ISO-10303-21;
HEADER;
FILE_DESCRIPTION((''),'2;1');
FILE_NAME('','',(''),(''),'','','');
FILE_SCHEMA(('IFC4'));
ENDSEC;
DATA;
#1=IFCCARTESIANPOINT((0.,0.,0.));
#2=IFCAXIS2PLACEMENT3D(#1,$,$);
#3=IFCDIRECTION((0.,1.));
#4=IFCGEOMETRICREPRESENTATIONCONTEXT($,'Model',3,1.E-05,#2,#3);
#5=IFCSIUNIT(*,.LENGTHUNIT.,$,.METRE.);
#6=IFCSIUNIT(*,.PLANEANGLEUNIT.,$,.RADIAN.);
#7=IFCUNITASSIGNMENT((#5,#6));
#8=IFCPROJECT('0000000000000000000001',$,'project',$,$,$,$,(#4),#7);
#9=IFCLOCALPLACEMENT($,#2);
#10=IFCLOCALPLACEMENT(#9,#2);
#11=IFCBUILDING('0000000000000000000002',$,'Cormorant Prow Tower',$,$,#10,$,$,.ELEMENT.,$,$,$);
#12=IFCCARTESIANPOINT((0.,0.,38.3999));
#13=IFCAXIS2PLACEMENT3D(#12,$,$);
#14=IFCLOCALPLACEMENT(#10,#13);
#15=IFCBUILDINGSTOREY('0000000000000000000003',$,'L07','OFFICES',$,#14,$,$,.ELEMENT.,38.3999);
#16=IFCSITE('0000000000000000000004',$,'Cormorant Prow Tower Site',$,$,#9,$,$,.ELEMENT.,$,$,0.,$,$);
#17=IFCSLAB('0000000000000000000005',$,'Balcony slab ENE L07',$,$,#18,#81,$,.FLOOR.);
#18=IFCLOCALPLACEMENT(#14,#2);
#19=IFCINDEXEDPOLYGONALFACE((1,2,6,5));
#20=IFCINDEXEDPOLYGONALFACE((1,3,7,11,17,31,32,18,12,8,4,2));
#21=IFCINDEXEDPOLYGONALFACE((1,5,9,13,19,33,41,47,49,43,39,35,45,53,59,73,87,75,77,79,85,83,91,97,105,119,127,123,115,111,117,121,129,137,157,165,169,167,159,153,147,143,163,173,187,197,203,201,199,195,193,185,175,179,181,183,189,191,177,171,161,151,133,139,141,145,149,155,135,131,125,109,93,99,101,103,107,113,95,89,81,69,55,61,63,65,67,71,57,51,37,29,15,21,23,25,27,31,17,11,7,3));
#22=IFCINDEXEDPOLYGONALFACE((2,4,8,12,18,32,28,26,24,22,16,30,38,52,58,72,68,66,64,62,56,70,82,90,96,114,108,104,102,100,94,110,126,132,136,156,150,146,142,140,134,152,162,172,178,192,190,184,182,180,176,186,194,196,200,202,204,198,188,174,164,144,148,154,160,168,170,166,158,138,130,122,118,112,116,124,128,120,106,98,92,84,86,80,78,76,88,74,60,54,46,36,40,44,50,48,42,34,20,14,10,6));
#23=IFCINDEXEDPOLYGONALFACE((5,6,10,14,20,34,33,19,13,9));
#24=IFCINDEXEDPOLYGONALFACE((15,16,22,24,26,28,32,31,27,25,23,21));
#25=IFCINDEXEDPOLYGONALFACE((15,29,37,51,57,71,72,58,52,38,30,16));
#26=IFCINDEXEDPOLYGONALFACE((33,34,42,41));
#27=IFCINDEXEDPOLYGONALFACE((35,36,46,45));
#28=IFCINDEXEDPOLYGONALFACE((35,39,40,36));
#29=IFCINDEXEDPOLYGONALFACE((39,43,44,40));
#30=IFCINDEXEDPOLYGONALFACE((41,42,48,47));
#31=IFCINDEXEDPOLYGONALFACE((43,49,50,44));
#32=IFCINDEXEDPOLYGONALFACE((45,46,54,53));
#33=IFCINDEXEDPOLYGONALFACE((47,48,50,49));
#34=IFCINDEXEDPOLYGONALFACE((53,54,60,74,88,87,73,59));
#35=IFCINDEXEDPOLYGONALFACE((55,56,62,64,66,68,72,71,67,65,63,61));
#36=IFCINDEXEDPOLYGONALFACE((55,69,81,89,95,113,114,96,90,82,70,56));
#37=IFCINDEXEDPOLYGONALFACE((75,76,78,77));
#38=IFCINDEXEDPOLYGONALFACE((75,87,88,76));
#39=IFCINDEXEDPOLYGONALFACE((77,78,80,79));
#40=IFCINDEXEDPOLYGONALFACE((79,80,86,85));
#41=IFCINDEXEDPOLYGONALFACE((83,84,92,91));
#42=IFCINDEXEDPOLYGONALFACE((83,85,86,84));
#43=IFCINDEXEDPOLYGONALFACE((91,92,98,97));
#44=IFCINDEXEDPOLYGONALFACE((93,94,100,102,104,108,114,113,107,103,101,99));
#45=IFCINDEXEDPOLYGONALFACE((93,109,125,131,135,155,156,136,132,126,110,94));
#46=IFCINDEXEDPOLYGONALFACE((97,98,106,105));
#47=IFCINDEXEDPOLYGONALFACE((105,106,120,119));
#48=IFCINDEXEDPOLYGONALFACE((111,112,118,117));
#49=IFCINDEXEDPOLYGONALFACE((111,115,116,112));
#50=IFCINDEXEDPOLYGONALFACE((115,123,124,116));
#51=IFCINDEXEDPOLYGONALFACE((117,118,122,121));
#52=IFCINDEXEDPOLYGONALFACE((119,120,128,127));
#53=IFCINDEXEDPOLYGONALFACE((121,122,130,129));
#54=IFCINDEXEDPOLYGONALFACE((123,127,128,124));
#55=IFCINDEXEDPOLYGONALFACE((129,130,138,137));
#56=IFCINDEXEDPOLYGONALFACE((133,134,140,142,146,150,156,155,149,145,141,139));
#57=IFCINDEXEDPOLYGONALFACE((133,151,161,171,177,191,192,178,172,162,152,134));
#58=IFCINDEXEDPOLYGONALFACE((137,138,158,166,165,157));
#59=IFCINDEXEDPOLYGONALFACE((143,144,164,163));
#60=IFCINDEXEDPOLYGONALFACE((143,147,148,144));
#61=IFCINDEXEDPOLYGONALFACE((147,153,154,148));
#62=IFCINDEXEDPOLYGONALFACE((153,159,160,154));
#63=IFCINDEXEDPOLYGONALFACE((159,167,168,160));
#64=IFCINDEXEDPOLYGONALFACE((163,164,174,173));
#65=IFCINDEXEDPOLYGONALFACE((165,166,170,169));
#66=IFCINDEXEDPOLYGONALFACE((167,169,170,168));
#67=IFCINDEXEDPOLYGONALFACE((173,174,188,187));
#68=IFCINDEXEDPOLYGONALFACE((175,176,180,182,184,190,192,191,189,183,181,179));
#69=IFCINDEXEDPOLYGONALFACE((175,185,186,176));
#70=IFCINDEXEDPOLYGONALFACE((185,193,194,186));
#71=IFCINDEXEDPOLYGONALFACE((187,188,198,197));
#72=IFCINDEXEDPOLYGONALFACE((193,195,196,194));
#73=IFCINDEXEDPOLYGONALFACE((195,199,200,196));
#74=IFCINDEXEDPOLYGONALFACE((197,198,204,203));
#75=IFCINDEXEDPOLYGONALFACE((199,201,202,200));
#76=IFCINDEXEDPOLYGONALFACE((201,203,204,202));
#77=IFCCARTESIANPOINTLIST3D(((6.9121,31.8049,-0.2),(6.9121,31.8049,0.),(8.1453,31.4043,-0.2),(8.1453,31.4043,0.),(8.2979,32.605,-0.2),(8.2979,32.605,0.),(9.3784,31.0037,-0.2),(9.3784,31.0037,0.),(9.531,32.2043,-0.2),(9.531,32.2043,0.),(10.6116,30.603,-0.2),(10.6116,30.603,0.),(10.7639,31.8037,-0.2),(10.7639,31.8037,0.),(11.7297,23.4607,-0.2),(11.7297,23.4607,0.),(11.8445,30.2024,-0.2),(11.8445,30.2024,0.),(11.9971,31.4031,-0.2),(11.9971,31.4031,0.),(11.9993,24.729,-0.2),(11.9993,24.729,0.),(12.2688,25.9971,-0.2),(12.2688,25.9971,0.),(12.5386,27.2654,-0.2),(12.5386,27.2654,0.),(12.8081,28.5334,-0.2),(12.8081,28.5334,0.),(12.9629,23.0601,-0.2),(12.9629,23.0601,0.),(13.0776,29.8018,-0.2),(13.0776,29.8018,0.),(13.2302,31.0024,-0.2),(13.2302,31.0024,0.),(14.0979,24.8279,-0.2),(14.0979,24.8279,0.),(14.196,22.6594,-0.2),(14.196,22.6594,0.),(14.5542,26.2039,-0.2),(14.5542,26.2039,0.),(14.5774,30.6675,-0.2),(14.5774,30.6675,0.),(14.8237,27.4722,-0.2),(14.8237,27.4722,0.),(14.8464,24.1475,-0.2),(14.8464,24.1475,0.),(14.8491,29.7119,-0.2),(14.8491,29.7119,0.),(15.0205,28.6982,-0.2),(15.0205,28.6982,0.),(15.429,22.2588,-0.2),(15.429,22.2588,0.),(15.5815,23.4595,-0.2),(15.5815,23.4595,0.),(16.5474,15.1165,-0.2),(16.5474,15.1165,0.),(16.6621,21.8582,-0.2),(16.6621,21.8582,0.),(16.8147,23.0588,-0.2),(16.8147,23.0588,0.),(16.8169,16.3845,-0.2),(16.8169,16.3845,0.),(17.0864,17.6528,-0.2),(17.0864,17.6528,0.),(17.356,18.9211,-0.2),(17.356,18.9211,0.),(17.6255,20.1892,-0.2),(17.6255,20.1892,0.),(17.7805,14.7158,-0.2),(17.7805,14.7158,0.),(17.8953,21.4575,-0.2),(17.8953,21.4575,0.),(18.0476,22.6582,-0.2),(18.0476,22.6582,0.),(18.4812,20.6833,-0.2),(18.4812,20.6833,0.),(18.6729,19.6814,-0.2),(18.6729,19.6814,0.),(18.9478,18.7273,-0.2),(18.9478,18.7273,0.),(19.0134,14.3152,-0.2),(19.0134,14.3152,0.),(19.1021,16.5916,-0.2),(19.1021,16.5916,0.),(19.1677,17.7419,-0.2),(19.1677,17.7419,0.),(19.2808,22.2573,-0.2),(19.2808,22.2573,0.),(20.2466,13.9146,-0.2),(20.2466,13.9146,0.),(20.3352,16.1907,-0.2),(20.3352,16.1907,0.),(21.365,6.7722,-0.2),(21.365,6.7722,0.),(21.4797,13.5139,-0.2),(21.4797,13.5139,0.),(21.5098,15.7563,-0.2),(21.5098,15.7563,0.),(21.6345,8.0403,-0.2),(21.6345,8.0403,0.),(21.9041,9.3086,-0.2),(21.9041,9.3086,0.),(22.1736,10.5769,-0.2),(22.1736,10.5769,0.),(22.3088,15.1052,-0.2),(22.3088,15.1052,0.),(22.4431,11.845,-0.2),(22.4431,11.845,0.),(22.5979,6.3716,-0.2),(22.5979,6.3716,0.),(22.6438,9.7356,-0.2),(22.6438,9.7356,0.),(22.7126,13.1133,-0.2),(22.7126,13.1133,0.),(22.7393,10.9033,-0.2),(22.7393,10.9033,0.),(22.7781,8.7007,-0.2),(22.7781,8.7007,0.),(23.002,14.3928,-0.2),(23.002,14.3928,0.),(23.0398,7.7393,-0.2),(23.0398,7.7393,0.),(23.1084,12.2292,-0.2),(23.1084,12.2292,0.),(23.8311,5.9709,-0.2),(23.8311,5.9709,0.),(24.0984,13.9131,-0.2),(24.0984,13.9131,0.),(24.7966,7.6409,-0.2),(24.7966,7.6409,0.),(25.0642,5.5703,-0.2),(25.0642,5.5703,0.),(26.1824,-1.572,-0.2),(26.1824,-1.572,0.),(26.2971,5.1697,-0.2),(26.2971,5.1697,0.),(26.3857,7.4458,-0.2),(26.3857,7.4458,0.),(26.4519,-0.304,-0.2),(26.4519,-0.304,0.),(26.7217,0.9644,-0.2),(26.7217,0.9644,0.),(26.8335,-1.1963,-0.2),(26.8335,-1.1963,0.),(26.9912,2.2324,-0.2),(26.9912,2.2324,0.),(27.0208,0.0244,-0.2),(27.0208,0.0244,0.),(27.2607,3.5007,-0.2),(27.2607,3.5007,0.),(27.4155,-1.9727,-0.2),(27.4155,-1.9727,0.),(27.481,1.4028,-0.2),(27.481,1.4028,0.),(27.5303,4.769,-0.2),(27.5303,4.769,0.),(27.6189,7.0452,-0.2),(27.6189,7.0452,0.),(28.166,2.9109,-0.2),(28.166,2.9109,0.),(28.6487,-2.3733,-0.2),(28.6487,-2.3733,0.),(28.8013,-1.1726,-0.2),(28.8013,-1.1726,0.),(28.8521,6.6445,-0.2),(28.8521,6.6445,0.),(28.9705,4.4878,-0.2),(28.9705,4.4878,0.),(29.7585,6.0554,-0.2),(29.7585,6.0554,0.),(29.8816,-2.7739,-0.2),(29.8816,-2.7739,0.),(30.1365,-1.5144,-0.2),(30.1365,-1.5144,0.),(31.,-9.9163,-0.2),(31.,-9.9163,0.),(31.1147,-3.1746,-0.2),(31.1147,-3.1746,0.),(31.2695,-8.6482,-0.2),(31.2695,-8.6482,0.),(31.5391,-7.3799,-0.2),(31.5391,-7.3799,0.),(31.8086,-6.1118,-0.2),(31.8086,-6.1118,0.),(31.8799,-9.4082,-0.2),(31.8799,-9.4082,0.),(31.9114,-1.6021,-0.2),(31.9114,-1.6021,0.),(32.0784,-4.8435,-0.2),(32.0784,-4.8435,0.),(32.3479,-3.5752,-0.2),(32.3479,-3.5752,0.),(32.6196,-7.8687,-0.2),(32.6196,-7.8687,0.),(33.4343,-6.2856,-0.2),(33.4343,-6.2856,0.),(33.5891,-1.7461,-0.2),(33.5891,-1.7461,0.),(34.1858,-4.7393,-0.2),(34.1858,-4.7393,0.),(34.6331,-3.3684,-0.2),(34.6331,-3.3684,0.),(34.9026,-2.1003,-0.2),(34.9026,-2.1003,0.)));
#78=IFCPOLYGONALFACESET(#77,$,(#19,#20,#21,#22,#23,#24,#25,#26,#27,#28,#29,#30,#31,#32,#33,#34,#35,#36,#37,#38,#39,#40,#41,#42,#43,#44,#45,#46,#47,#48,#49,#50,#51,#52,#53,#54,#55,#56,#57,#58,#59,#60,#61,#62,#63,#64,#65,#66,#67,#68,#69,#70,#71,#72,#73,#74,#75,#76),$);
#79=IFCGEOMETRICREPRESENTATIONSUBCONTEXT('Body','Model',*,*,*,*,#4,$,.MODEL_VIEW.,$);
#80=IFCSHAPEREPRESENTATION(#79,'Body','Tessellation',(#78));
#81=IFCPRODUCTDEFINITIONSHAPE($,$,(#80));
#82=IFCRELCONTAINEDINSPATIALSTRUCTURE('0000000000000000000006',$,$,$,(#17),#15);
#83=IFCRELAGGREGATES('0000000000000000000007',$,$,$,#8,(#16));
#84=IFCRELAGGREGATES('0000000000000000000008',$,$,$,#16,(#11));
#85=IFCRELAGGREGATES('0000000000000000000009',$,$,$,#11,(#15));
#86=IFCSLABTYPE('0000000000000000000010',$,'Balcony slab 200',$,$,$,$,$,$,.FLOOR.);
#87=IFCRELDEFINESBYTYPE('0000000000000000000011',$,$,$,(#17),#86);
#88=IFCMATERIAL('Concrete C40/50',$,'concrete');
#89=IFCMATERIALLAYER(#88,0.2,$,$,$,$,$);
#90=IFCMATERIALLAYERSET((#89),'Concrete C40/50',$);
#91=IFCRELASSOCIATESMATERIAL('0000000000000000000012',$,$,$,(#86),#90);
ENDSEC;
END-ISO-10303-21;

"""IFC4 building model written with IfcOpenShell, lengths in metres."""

from ifc_helpers import new_model, si_unit, direction, frame, origin, place, context, subcontext, project, spatial, polyline, outline, extrude, material, layer, layer_set, type_object, element, save


model = new_model("IFC4")

# Units and contexts
model_context = context("Model", 3, precision=1e-05, world=origin(), true_north=direction((0.0, 1.0)))
body_context = subcontext(model_context, "Body", "Model", "MODEL_VIEW")
ifc_project = project(units=[si_unit("LENGTHUNIT", "METRE"), si_unit("PLANEANGLEUNIT", "RADIAN")], contexts=[model_context])

# Site, building, storey
site_placement = place(None, origin())
site = spatial("IfcSite", under=ifc_project, at=site_placement, Name="Cormorant Prow Tower Site", CompositionType="ELEMENT", RefElevation=0.0)
building_placement = place(site_placement, origin())
building = spatial("IfcBuilding", under=site, at=building_placement, Name="Cormorant Prow Tower", CompositionType="ELEMENT")
storey_placement = place(building_placement, frame((0.0, 0.0, 38.3999)))
storey = spatial("IfcBuildingStorey", under=building, at=storey_placement, Name="L07", Description="OFFICES", CompositionType="ELEMENT", Elevation=38.3999)

# Slab
ifc_material_1 = material(Name="Concrete C40/50", Category="concrete")
ifc_layer_1 = layer(ifc_material_1, 0.2)
ifc_layer_set_1 = layer_set([ifc_layer_1], Name="Concrete C40/50")
slab_type_1 = type_object("IfcSlabType", Name="Balcony slab 200", PredefinedType="FLOOR", material=ifc_layer_set_1)
slab_1_placement = place(storey_placement, frame((0.0, 0.0, -0.2)))
element("IfcSlab", 1, at=slab_1_placement, inside=storey, type_object=slab_type_1, Name="Balcony slab ENE L07", PredefinedType="FLOOR", context=body_context, shape_type="SweptSolid", body=[
    extrude(outline(polyline([(31.0, -9.9163), (31.8799, -9.4082), (32.6196, -7.8687), (33.4343, -6.2856), (34.1858, -4.7393), (34.6331, -3.3684), (34.9026, -2.1003), (33.5891, -1.7461), (31.9114, -1.6021), (30.1365, -1.5144), (28.8013, -1.1726), (26.8335, -1.1963), (27.0208, 0.0244), (27.481, 1.4028), (28.166, 2.9109), (28.9705, 4.4878), (29.7585, 6.0554), (28.8521, 6.6445), (27.6189, 7.0452), (26.3857, 7.4458), (24.7966, 7.6409), (23.0398, 7.7393), (22.7781, 8.7007), (22.6438, 9.7356), (22.7393, 10.9033), (23.1084, 12.2292), (24.0984, 13.9131), (23.002, 14.3928), (22.3088, 15.1052), (21.5098, 15.7563), (20.3352, 16.1907), (19.1021, 16.5916), (19.1677, 17.7419), (18.9478, 18.7273), (18.6729, 19.6814), (18.4812, 20.6833), (19.2808, 22.2573), (18.0476, 22.6582), (16.8147, 23.0588), (15.5815, 23.4595), (14.8464, 24.1475), (14.0979, 24.8279), (14.5542, 26.2039), (14.8237, 27.4722), (15.0205, 28.6982), (14.8491, 29.7119), (14.5774, 30.6675), (13.2302, 31.0024), (11.9971, 31.4031), (10.7639, 31.8037), (9.531, 32.2043), (8.2979, 32.605), (6.9121, 31.8049), (8.1453, 31.4043), (9.3784, 31.0037), (10.6116, 30.603), (11.8445, 30.2024), (13.0776, 29.8018), (12.8081, 28.5334), (12.5386, 27.2654), (12.2688, 25.9971), (11.9993, 24.729), (11.7297, 23.4607), (12.9629, 23.0601), (14.196, 22.6594), (15.429, 22.2588), (16.6621, 21.8582), (17.8953, 21.4575), (17.6255, 20.1892), (17.356, 18.9211), (17.0864, 17.6528), (16.8169, 16.3845), (16.5474, 15.1165), (17.7805, 14.7158), (19.0134, 14.3152), (20.2466, 13.9146), (21.4797, 13.5139), (22.7126, 13.1133), (22.4431, 11.845), (22.1736, 10.5769), (21.9041, 9.3086), (21.6345, 8.0403), (21.365, 6.7722), (22.5979, 6.3716), (23.8311, 5.9709), (25.0642, 5.5703), (26.2971, 5.1697), (27.5303, 4.769), (27.2607, 3.5007), (26.9912, 2.2324), (26.7217, 0.9644), (26.4519, -0.304), (26.1824, -1.572), (27.4155, -1.9727), (28.6487, -2.3733), (29.8816, -2.7739), (31.1147, -3.1746), (32.3479, -3.5752), (32.0784, -4.8435), (31.8086, -6.1118), (31.5391, -7.3799), (31.2695, -8.6482), (31.0, -9.9163)])), origin(), (0.0, 0.0, 1.0), 0.2),
])

save(model, "model.ifc")
